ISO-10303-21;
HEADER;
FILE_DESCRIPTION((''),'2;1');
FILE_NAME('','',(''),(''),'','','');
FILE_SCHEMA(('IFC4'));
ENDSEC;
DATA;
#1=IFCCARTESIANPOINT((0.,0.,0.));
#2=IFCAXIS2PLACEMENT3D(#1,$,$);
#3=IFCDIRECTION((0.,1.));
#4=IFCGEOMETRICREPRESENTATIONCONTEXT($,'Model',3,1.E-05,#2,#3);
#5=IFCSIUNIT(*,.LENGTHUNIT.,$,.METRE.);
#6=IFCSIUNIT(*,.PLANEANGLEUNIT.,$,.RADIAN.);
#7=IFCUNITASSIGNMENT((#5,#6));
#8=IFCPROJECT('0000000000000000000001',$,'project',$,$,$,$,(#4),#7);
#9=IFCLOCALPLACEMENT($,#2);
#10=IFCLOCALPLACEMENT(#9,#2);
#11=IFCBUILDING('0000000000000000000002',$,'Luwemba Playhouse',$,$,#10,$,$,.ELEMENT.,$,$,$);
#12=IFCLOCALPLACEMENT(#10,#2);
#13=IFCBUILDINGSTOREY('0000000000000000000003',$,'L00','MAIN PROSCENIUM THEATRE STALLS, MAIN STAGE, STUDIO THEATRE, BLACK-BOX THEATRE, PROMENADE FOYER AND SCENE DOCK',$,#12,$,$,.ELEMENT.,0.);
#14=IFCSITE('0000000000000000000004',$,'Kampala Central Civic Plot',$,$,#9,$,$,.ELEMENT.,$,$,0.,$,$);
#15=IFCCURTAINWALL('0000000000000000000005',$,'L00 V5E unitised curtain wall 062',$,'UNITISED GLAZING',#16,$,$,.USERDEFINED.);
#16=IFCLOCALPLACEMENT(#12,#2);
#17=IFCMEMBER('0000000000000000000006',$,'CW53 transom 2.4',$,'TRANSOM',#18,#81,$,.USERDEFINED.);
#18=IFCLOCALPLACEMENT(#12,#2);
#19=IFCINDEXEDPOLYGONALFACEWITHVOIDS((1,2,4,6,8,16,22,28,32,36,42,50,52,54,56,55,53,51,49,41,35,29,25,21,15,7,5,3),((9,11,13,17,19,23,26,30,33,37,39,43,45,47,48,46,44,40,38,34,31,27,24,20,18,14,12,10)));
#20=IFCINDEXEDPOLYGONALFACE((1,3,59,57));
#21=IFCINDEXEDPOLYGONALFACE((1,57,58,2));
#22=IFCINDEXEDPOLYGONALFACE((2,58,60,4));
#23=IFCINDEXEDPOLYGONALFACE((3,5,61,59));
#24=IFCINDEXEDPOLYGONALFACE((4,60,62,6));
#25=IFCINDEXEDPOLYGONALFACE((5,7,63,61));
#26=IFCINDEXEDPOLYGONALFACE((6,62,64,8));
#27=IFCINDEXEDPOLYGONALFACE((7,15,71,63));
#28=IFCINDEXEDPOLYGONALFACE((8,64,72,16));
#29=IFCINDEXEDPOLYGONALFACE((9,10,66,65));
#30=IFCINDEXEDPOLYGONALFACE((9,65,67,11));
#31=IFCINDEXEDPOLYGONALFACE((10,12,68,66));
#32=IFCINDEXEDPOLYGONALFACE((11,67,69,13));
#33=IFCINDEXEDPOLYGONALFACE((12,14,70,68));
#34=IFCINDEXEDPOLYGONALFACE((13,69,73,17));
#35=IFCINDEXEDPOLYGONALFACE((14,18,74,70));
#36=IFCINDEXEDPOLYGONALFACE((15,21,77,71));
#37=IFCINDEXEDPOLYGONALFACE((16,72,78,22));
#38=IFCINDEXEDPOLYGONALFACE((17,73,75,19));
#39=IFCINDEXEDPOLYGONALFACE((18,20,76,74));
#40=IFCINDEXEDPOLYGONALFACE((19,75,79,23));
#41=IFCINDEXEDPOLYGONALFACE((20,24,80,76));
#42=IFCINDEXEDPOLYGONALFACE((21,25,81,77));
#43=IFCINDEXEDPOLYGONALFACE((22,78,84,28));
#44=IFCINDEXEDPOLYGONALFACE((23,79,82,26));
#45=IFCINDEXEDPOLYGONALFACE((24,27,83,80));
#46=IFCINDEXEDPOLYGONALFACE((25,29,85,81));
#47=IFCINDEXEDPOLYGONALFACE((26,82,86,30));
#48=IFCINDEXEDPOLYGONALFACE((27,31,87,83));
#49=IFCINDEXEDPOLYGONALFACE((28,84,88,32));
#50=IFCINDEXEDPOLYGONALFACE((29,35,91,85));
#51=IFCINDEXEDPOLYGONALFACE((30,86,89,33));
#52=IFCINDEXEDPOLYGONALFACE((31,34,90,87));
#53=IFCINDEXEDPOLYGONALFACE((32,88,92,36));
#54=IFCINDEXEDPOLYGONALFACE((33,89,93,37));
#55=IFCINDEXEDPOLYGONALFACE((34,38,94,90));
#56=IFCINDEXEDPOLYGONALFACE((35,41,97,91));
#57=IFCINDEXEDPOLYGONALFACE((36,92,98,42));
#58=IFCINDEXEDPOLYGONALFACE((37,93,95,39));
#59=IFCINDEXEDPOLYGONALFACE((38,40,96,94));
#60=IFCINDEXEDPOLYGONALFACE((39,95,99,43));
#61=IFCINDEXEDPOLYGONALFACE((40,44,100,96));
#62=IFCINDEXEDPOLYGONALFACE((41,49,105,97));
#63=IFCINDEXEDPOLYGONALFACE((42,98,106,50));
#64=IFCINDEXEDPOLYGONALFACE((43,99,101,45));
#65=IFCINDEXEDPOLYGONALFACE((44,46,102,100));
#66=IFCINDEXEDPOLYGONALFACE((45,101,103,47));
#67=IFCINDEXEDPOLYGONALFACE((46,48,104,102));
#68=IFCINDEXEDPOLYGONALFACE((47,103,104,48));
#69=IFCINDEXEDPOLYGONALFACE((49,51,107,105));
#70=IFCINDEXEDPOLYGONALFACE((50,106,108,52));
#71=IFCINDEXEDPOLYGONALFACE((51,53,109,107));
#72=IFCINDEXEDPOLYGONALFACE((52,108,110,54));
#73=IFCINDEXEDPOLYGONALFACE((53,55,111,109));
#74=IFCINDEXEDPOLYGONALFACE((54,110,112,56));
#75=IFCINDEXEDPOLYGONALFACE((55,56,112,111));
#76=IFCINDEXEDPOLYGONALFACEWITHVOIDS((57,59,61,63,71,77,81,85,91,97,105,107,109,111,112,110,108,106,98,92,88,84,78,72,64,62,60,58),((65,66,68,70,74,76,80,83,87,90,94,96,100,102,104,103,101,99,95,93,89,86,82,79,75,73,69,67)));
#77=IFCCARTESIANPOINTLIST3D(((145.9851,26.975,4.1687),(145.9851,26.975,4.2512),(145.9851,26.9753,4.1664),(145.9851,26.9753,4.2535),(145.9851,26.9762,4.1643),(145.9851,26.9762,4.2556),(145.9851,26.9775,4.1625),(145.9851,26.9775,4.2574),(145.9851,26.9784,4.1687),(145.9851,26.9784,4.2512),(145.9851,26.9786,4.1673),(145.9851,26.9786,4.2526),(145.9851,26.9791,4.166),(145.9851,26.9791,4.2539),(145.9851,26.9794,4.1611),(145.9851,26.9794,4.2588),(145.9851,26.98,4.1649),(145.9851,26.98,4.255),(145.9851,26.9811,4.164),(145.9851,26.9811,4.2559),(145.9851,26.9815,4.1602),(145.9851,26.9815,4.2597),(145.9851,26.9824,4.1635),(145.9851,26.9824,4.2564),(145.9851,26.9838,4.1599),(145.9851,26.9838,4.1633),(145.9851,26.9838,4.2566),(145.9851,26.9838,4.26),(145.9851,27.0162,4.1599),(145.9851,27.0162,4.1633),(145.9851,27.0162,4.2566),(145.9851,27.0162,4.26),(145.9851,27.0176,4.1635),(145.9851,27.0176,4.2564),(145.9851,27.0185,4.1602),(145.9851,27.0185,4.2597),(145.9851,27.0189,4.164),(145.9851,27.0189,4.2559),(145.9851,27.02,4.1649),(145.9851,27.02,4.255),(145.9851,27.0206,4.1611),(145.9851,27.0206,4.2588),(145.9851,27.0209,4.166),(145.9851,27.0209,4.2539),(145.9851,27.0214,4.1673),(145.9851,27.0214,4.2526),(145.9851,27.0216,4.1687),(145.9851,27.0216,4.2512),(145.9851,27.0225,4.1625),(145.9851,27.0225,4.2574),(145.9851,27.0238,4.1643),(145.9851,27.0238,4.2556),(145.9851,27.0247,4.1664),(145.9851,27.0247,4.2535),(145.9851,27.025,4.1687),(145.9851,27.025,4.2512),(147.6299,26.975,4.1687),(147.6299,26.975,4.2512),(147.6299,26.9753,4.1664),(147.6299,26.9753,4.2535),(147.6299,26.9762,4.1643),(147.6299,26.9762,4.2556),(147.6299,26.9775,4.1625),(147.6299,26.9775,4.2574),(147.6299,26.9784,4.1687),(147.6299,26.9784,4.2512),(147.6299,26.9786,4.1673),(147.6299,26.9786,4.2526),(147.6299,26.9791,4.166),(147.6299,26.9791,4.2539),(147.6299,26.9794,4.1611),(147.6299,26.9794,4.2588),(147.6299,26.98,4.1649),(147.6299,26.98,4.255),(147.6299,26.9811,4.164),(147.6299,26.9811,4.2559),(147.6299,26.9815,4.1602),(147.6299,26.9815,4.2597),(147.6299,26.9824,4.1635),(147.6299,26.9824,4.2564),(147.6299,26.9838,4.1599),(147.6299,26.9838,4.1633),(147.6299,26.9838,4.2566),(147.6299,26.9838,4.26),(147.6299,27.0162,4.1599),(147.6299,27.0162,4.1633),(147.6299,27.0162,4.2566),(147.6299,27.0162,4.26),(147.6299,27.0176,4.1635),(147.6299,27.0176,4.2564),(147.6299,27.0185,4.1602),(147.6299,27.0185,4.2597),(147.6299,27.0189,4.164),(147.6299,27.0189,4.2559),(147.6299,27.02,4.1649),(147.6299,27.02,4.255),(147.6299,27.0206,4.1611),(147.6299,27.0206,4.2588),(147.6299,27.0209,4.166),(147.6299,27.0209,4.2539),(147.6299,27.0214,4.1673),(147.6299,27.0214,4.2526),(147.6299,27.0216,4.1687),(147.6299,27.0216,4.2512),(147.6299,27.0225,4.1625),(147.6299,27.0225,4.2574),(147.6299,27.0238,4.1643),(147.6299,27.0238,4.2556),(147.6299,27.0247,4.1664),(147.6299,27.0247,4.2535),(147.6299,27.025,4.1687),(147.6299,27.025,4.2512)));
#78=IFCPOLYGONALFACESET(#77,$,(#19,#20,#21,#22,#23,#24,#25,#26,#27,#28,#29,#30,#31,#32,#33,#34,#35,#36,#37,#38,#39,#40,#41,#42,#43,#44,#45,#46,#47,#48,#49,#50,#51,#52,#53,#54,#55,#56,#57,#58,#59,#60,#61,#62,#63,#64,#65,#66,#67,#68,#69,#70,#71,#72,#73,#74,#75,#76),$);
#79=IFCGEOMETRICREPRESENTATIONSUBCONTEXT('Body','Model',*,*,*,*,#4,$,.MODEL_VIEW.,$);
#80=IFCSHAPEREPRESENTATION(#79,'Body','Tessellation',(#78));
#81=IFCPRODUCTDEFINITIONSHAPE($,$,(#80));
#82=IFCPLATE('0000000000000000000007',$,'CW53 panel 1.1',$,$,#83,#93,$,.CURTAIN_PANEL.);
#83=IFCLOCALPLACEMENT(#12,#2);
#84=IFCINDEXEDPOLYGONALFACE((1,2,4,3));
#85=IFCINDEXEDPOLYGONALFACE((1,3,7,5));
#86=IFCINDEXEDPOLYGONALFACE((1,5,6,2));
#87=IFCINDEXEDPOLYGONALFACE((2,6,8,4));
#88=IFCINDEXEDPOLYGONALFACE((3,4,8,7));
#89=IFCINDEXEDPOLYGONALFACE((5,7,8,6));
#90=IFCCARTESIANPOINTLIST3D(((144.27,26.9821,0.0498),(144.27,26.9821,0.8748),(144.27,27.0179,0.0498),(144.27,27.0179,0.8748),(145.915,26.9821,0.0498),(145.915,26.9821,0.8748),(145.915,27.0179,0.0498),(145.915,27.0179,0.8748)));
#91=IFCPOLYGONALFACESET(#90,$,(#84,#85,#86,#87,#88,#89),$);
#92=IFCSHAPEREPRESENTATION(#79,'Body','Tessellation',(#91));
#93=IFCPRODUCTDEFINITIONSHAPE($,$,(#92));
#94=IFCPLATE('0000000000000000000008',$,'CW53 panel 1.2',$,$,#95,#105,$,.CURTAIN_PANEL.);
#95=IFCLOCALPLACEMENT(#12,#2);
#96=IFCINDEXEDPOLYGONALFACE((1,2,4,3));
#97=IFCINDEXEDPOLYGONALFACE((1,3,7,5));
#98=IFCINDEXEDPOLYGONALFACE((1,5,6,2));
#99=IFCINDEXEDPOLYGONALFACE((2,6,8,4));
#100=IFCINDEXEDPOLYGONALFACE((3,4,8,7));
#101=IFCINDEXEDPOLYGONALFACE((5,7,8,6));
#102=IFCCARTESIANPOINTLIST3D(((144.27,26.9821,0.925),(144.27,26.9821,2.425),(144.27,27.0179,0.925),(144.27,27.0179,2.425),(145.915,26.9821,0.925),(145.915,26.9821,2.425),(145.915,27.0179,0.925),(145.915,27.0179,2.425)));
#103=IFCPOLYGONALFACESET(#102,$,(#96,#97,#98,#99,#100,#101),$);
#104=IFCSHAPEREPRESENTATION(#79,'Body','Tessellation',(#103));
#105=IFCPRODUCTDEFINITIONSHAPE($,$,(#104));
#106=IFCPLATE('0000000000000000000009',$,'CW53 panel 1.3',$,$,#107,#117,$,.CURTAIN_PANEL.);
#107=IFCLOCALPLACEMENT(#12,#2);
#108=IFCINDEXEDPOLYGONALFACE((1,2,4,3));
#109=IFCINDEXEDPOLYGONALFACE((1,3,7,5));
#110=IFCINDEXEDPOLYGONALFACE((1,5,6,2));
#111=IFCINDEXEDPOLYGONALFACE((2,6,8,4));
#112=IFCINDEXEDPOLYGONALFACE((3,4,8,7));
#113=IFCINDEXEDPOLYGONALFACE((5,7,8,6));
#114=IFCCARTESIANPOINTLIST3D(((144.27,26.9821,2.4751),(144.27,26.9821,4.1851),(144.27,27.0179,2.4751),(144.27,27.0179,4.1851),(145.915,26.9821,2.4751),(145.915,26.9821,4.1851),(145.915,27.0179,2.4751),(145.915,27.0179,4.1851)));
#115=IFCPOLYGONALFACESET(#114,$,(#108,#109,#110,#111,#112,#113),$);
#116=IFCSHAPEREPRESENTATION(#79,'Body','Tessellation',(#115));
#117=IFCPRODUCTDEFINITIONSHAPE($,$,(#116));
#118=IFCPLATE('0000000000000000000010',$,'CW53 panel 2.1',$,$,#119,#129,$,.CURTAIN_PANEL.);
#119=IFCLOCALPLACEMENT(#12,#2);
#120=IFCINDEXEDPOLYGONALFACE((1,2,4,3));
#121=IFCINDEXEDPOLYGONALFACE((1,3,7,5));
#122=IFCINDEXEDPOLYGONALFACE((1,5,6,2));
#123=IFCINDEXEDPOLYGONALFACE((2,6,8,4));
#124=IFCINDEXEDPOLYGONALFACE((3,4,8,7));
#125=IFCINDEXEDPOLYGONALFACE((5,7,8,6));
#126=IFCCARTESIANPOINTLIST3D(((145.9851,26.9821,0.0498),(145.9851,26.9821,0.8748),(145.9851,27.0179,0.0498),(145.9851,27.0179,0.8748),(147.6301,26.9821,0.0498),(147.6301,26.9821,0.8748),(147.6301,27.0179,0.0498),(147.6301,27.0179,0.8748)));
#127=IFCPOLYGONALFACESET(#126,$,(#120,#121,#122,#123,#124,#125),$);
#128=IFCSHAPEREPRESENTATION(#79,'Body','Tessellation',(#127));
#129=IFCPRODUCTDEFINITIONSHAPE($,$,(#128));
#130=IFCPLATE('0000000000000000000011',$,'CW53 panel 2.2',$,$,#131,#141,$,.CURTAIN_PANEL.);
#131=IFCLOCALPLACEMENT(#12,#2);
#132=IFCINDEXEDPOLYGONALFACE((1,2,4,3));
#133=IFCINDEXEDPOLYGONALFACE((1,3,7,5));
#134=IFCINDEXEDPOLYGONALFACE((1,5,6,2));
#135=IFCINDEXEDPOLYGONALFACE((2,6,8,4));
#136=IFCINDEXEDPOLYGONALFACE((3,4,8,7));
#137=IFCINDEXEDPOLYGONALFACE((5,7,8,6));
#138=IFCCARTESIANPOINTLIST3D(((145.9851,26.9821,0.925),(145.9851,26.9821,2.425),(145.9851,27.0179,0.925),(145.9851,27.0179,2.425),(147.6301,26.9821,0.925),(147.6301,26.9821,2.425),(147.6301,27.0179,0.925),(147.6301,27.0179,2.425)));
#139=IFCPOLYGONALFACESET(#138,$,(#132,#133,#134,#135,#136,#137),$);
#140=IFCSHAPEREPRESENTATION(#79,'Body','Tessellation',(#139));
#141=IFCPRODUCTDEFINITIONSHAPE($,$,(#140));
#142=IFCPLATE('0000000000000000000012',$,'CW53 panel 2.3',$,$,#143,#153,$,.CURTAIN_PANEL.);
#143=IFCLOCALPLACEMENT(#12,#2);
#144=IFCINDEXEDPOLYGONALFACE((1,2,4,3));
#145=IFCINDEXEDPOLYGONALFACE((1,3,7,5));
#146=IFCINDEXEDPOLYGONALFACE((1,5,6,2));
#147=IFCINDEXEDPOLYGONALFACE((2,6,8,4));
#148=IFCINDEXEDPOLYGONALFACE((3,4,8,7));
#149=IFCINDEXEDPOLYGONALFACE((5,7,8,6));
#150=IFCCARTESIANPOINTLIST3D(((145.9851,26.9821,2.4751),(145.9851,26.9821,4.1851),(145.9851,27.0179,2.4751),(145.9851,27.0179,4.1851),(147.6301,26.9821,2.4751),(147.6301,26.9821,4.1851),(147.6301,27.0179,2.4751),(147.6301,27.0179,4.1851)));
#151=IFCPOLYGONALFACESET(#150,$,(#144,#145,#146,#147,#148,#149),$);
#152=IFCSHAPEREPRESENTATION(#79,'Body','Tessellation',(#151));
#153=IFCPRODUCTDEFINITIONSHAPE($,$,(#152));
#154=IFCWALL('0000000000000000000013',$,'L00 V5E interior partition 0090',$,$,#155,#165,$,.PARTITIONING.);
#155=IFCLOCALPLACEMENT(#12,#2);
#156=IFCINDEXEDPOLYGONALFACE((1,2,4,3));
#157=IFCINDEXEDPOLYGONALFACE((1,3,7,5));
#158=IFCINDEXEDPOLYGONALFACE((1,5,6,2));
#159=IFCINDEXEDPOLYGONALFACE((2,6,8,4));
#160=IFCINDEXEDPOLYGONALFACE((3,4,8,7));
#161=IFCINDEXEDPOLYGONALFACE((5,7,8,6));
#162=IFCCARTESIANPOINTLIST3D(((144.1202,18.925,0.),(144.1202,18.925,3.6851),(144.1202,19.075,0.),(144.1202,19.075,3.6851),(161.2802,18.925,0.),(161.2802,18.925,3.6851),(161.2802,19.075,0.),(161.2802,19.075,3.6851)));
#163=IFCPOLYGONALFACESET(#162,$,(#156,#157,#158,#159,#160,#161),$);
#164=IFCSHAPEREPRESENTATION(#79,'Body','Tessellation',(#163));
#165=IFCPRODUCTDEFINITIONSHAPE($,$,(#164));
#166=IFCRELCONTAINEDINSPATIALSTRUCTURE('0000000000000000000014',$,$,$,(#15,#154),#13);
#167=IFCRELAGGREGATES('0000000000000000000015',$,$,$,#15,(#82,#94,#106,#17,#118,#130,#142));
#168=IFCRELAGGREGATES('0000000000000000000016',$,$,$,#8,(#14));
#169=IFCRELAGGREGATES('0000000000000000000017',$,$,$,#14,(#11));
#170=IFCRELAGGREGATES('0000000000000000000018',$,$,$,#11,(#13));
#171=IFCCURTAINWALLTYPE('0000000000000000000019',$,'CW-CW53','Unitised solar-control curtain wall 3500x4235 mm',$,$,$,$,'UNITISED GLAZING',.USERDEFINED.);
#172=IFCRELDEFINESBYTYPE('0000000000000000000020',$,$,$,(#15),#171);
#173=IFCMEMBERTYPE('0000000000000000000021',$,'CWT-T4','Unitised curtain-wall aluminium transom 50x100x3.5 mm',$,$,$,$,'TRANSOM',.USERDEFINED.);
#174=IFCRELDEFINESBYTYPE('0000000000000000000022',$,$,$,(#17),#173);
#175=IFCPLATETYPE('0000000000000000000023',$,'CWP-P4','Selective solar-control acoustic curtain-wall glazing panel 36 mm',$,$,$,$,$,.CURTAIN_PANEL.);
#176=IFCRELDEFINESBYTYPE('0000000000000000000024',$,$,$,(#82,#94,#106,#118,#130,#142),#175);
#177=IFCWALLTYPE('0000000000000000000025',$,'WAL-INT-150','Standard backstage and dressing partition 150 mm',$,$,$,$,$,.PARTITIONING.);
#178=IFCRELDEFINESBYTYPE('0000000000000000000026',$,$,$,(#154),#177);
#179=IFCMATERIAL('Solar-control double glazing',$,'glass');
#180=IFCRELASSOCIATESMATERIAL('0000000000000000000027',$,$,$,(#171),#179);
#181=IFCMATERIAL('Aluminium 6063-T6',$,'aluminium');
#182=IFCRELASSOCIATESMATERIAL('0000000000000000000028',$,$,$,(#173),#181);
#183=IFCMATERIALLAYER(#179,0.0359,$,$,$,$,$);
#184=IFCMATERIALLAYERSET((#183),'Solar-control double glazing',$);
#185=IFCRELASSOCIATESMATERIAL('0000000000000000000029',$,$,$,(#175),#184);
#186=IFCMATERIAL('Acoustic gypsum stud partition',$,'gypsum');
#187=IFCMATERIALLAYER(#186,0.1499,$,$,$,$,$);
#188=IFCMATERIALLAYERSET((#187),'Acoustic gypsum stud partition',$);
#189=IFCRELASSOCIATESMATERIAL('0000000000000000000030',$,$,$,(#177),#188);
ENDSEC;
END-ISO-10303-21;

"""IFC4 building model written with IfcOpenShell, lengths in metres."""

from ifc_helpers import new_model, si_unit, direction, frame, frame_2d, origin, origin_2d, place, context, subcontext, project, spatial, rectangle, hollow_rectangle, extrude, material, layer, layer_set, material_profile, profile_set, type_object, element, aggregate, save


model = new_model("IFC4")

# Units and contexts
model_context = context("Model", 3, precision=1e-05, world=origin(), true_north=direction((0.0, 1.0)))
body_context = subcontext(model_context, "Body", "Model", "MODEL_VIEW")
ifc_project = project(units=[si_unit("LENGTHUNIT", "METRE"), si_unit("PLANEANGLEUNIT", "RADIAN")], contexts=[model_context])

# Site, building, storey
site_placement = place(None, origin())
site = spatial("IfcSite", under=ifc_project, at=site_placement, Name="Kampala Central Civic Plot", CompositionType="ELEMENT", RefElevation=0.0)
building_placement = place(site_placement, origin())
building = spatial("IfcBuilding", under=site, at=building_placement, Name="Luwemba Playhouse", CompositionType="ELEMENT")
storey_placement = place(building_placement, origin())
storey = spatial("IfcBuildingStorey", under=building, at=storey_placement, Name="L00", Description="MAIN PROSCENIUM THEATRE STALLS, MAIN STAGE, STUDIO THEATRE, BLACK-BOX THEATRE, PROMENADE FOYER AND SCENE DOCK", CompositionType="ELEMENT", Elevation=0.0)

# Curtain wall, member, plates
ifc_material_1 = material(Name="Solar-control double glazing", Category="glass")
curtain_wall_type = type_object("IfcCurtainWallType", Name="CW-CW53", Description="Unitised solar-control curtain wall 3500x4235 mm", ElementType="UNITISED GLAZING", PredefinedType="USERDEFINED", material=ifc_material_1)
curtain_wall_placement = place(storey_placement, origin())
curtain_wall = element("IfcCurtainWall", 1, at=curtain_wall_placement, inside=storey, type_object=curtain_wall_type, Name="L00 V5E unitised curtain wall 062", ObjectType="UNITISED GLAZING", PredefinedType="USERDEFINED")
ifc_material_2 = material(Name="Aluminium 6063-T6", Category="aluminium")
ifc_material_profile_1 = material_profile(ifc_material_2, hollow_rectangle(XDim=0.05, YDim=0.1001, WallThickness=0.0034, InnerFilletRadius=0.0054, OuterFilletRadius=0.0088, at=origin_2d()))
ifc_profile_set_1 = profile_set([ifc_material_profile_1], Name="Aluminium 6063-T6")
member_type_1 = type_object("IfcMemberType", Name="CWT-T4", Description="Unitised curtain-wall aluminium transom 50x100x3.5 mm", ElementType="TRANSOM", PredefinedType="USERDEFINED", material=ifc_profile_set_1)
member_1_placement = place(storey_placement, frame((145.9851, 27.0, 4.21), z_axis=(1.0, 0.0, 0.0), x_axis=(0.0, 1.0, 0.0)))
member_1 = element("IfcMember", 2, at=member_1_placement, type_object=member_type_1, Name="CW53 transom 2.4", ObjectType="TRANSOM", PredefinedType="USERDEFINED", context=body_context, shape_type="SweptSolid", body=[
    extrude(hollow_rectangle(XDim=0.05, YDim=0.1001, WallThickness=0.0034, InnerFilletRadius=0.0054, OuterFilletRadius=0.0088, at=origin_2d()), origin(), (0.0, 0.0, 1.0), 1.6448),
])
ifc_layer_1 = layer(ifc_material_1, 0.0359)
ifc_layer_set_1 = layer_set([ifc_layer_1], Name="Solar-control double glazing")
plate_type = type_object("IfcPlateType", Name="CWP-P4", Description="Selective solar-control acoustic curtain-wall glazing panel 36 mm", PredefinedType="CURTAIN_PANEL", material=ifc_layer_set_1)
plate_1_placement = place(storey_placement, frame((145.0925, 27.0, 0.0498), z_axis=(0.0, 0.0, 1.0), x_axis=(1.0, 0.0, 0.0)))
plate_1 = element("IfcPlate", 3, at=plate_1_placement, type_object=plate_type, Name="CW53 panel 1.1", PredefinedType="CURTAIN_PANEL", context=body_context, shape_type="SweptSolid", body=[
    extrude(rectangle(XDim=1.645, YDim=0.0359, at=origin_2d()), origin(), (0.0, 0.0, 1.0), 0.825),
])
plate_2_placement = place(storey_placement, frame((145.0925, 27.0, 0.925), z_axis=(0.0, 0.0, 1.0), x_axis=(1.0, 0.0, 0.0)))
plate_2 = element("IfcPlate", 4, at=plate_2_placement, type_object=plate_type, Name="CW53 panel 1.2", PredefinedType="CURTAIN_PANEL", context=body_context, shape_type="SweptSolid", body=[
    extrude(rectangle(XDim=1.645, YDim=0.0359, at=origin_2d()), origin(), (0.0, 0.0, 1.0), 1.5),
])
plate_3_placement = place(storey_placement, frame((145.0925, 27.0, 2.4751), z_axis=(0.0, 0.0, 1.0), x_axis=(1.0, 0.0, 0.0)))
plate_3 = element("IfcPlate", 5, at=plate_3_placement, type_object=plate_type, Name="CW53 panel 1.3", PredefinedType="CURTAIN_PANEL", context=body_context, shape_type="SweptSolid", body=[
    extrude(rectangle(XDim=1.645, YDim=0.0359, at=origin_2d()), origin(), (0.0, 0.0, 1.0), 1.71),
])
plate_4_placement = place(storey_placement, frame((146.8076, 27.0, 0.0498), z_axis=(0.0, 0.0, 1.0), x_axis=(1.0, 0.0, 0.0)))
plate_4 = element("IfcPlate", 6, at=plate_4_placement, type_object=plate_type, Name="CW53 panel 2.1", PredefinedType="CURTAIN_PANEL", context=body_context, shape_type="SweptSolid", body=[
    extrude(rectangle(XDim=1.645, YDim=0.0359, at=origin_2d()), origin(), (0.0, 0.0, 1.0), 0.825),
])
plate_5_placement = place(storey_placement, frame((146.8076, 27.0, 0.925), z_axis=(0.0, 0.0, 1.0), x_axis=(1.0, 0.0, 0.0)))
plate_5 = element("IfcPlate", 7, at=plate_5_placement, type_object=plate_type, Name="CW53 panel 2.2", PredefinedType="CURTAIN_PANEL", context=body_context, shape_type="SweptSolid", body=[
    extrude(rectangle(XDim=1.645, YDim=0.0359, at=origin_2d()), origin(), (0.0, 0.0, 1.0), 1.5),
])
plate_6_placement = place(storey_placement, frame((146.8076, 27.0, 2.4751), z_axis=(0.0, 0.0, 1.0), x_axis=(1.0, 0.0, 0.0)))
plate_6 = element("IfcPlate", 8, at=plate_6_placement, type_object=plate_type, Name="CW53 panel 2.3", PredefinedType="CURTAIN_PANEL", context=body_context, shape_type="SweptSolid", body=[
    extrude(rectangle(XDim=1.645, YDim=0.0359, at=origin_2d()), origin(), (0.0, 0.0, 1.0), 1.71),
])
aggregate(curtain_wall, [plate_1, plate_2, plate_3, member_1, plate_4, plate_5, plate_6])

# Wall
ifc_material_3 = material(Name="Acoustic gypsum stud partition", Category="gypsum")
ifc_layer_2 = layer(ifc_material_3, 0.1499)
ifc_layer_set_2 = layer_set([ifc_layer_2], Name="Acoustic gypsum stud partition")
wall_type_1 = type_object("IfcWallType", Name="WAL-INT-150", Description="Standard backstage and dressing partition 150 mm", PredefinedType="PARTITIONING", material=ifc_layer_set_2)
wall_1_placement = place(storey_placement, frame((144.1201, 19.0, 0.0), z_axis=(0.0, 0.0, 1.0), x_axis=(1.0, 0.0, 0.0)))
element("IfcWall", 9, at=wall_1_placement, inside=storey, type_object=wall_type_1, Name="L00 V5E interior partition 0090", PredefinedType="PARTITIONING", context=body_context, shape_type="SweptSolid", body=[
    extrude(rectangle(XDim=17.1599, YDim=0.1499, at=frame_2d((8.5801, 0.0))), origin(), (0.0, 0.0, 1.0), 3.6851),
])

save(model, "model.ifc")
